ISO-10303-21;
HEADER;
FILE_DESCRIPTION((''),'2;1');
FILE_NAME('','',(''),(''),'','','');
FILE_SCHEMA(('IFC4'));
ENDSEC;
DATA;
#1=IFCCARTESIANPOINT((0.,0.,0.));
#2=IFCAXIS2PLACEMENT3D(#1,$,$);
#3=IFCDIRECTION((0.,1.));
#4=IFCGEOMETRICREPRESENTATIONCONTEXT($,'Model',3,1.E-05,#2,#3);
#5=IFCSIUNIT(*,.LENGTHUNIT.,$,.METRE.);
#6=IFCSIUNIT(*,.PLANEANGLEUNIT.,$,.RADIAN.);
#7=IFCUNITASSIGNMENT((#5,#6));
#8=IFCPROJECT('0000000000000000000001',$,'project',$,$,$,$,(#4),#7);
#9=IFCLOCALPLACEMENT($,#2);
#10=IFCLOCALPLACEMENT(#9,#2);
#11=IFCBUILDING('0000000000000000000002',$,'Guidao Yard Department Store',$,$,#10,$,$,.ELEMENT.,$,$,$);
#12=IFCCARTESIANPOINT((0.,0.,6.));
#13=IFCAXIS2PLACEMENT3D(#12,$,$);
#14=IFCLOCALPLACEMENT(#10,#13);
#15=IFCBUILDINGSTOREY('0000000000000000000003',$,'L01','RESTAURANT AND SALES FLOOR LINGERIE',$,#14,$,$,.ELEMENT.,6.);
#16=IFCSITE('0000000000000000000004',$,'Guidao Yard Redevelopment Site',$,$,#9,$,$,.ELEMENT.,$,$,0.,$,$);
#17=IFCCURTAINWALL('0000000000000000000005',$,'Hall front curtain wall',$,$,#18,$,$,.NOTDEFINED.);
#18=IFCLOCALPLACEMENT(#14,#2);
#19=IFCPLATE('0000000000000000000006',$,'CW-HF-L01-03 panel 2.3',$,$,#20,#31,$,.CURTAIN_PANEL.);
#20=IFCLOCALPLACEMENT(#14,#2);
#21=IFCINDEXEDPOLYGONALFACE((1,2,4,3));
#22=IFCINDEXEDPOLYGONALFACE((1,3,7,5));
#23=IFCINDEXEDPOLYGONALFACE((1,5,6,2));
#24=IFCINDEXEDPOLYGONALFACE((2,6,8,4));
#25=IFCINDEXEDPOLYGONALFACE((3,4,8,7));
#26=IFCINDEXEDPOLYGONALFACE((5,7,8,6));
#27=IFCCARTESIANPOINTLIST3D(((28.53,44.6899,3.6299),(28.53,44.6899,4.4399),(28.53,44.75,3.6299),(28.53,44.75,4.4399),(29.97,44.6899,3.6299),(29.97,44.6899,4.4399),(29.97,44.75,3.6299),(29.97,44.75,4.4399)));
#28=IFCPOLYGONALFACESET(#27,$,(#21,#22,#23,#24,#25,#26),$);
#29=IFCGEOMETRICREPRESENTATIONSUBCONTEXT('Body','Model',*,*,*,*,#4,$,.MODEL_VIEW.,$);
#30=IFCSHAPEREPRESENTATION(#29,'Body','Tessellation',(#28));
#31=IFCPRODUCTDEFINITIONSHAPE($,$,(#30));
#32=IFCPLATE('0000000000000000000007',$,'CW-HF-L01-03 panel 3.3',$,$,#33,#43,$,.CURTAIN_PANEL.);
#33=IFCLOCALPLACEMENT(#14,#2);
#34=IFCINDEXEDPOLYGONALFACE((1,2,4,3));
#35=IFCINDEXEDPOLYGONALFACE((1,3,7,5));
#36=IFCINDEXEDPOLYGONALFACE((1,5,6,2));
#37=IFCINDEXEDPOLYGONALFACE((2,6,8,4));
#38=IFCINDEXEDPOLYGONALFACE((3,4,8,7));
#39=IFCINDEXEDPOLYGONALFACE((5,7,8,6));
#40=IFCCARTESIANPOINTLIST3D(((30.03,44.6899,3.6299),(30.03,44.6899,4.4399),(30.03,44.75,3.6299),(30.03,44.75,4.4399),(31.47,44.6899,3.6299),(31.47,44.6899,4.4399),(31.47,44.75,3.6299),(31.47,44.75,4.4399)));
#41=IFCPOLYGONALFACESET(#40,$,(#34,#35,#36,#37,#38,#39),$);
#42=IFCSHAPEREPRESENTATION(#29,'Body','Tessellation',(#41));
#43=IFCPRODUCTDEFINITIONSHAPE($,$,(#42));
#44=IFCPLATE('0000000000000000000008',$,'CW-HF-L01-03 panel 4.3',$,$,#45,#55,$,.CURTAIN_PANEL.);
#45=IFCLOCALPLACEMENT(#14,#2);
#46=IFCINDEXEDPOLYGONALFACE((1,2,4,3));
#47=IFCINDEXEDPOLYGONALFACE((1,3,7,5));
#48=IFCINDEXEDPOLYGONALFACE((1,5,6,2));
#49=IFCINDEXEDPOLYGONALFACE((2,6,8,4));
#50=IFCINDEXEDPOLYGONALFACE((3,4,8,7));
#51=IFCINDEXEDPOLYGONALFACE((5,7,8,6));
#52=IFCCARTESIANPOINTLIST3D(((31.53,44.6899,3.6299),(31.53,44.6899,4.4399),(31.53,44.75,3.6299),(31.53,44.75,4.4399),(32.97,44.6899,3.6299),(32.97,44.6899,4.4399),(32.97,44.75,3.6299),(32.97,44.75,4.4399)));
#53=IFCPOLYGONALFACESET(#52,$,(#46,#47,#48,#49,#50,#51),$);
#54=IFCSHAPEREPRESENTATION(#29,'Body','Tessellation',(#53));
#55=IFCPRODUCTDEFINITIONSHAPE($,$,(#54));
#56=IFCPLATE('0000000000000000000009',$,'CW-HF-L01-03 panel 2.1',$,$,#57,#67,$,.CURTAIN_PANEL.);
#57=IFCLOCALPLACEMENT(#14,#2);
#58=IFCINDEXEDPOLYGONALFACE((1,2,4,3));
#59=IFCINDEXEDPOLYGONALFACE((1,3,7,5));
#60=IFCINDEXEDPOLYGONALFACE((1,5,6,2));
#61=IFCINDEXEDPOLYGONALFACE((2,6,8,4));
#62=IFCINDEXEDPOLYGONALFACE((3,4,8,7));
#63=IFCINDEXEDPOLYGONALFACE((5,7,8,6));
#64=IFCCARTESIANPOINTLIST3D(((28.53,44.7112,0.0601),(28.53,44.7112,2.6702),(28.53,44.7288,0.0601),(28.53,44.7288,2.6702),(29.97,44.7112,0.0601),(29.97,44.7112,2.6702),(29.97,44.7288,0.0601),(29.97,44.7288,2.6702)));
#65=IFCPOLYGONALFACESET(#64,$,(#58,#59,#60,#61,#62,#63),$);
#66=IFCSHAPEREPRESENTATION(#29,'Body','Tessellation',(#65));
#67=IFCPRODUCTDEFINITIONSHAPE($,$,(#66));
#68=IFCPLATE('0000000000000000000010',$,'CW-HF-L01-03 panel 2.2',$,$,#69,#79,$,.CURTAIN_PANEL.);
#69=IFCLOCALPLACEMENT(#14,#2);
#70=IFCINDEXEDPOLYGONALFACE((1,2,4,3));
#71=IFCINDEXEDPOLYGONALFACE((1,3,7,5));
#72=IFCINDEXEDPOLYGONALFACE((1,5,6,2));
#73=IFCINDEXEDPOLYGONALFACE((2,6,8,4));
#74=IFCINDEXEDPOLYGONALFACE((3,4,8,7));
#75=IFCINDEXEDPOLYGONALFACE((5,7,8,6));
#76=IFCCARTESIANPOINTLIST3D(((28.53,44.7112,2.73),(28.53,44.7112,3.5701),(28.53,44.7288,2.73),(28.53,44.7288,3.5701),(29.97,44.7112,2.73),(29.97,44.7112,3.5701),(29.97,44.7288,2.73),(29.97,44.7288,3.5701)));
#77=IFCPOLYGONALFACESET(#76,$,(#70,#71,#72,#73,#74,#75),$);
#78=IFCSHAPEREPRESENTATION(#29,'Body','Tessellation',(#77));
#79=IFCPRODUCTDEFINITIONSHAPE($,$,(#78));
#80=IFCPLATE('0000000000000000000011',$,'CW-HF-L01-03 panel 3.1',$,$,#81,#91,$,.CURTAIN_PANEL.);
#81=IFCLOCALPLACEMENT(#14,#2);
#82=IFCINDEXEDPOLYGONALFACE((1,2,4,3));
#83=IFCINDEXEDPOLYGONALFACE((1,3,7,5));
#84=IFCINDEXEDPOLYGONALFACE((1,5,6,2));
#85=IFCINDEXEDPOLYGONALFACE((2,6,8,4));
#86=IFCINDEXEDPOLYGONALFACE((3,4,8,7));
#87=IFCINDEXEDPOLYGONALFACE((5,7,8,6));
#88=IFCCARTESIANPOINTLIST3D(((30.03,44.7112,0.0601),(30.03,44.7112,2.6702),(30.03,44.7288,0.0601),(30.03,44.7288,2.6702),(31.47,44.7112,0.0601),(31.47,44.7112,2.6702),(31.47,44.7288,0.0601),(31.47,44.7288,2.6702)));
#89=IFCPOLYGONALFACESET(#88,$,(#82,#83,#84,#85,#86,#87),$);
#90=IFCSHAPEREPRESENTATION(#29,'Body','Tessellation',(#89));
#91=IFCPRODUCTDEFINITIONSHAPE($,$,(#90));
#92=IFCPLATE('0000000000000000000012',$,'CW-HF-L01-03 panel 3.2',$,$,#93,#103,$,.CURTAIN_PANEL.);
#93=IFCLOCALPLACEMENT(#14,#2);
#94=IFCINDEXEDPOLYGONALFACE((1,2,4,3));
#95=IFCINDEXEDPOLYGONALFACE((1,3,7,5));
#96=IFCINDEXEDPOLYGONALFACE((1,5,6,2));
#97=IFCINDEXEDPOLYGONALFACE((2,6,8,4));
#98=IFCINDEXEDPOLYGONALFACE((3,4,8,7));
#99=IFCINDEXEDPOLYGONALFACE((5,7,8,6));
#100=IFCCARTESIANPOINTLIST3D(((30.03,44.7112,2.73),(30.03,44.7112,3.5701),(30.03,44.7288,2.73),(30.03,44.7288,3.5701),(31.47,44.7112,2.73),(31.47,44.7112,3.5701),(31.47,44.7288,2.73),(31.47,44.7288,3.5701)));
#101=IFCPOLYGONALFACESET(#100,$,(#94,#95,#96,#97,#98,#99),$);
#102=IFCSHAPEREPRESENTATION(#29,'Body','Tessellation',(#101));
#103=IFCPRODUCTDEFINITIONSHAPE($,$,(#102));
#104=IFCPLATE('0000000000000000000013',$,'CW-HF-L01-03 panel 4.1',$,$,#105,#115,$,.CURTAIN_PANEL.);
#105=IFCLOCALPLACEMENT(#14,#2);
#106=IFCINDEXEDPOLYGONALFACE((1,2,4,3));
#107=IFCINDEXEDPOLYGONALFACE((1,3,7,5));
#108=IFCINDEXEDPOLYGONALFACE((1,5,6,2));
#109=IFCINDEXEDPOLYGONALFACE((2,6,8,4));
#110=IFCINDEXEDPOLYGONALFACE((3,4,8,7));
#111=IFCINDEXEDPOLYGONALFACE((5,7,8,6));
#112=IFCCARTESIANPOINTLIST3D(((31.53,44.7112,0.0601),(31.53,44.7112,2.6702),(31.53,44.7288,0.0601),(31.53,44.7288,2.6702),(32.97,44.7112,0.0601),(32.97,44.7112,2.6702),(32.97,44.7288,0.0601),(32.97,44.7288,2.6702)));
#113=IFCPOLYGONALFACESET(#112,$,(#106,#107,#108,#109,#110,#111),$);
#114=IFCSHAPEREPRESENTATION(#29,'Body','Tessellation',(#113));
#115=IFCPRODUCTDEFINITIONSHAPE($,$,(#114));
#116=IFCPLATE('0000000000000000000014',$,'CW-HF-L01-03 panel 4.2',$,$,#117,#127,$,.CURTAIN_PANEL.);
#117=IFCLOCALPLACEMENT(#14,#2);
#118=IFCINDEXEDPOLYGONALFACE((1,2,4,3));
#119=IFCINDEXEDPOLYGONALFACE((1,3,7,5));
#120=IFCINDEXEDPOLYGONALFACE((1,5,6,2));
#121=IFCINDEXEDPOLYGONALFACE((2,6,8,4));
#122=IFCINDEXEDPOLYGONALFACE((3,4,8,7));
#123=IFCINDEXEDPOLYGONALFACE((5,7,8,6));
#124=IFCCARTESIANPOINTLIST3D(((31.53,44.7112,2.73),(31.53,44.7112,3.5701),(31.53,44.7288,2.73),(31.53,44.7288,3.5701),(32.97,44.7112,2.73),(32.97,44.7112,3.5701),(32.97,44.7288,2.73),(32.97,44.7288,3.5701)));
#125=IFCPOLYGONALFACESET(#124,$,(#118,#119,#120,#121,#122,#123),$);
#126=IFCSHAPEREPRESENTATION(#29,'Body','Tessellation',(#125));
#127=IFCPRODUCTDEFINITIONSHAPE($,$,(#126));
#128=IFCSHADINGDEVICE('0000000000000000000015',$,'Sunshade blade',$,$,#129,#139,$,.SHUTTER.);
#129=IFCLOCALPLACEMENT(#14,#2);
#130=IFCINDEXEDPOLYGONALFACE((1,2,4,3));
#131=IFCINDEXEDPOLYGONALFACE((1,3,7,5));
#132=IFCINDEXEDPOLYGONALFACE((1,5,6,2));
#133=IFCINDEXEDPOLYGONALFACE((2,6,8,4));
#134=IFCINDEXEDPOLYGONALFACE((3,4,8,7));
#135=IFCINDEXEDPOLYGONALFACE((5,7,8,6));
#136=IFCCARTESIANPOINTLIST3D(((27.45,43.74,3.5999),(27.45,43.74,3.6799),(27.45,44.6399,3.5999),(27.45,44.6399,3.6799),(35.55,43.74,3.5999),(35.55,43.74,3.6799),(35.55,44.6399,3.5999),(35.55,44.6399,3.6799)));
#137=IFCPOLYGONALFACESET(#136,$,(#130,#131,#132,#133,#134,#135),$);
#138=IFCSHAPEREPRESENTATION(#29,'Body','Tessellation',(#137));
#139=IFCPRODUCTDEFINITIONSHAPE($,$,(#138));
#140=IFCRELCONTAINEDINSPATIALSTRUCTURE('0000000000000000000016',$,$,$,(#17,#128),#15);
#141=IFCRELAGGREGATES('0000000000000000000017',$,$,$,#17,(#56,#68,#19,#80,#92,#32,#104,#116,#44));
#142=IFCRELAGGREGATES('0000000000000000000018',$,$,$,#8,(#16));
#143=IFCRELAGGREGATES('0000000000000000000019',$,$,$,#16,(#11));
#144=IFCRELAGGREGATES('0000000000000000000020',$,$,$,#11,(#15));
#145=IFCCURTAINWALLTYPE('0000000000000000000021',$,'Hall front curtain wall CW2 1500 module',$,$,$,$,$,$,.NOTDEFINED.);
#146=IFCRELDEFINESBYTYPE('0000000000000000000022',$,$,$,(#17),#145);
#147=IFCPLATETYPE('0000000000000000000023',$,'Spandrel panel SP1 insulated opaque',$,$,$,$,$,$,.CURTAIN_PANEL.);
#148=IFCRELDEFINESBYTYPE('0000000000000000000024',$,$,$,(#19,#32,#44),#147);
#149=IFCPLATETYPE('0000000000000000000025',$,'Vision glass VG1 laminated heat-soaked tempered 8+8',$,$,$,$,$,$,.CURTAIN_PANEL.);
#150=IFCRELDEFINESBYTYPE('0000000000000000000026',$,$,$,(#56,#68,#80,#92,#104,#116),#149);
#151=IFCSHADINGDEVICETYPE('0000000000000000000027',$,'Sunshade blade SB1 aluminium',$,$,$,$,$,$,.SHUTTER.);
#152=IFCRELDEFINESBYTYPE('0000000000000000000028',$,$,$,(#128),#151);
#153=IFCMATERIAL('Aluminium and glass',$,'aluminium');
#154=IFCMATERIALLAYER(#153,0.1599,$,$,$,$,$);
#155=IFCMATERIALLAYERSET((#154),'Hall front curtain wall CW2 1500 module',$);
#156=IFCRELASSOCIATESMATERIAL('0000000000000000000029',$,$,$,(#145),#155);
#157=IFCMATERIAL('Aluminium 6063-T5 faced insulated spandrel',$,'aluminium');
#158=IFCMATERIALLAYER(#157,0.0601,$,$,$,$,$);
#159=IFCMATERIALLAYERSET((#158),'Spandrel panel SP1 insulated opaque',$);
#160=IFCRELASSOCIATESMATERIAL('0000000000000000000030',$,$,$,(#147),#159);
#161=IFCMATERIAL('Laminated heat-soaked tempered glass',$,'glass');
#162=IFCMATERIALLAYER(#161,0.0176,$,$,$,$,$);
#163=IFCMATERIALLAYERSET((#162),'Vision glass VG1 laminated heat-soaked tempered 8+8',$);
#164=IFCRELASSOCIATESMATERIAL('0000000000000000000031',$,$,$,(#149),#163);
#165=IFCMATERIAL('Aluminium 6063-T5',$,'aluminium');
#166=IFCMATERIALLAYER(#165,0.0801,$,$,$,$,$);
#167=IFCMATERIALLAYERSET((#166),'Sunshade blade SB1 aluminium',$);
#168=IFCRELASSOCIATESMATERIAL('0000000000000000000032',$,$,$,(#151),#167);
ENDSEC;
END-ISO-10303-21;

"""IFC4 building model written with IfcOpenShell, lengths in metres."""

from ifc_helpers import new_model, si_unit, direction, frame, origin, origin_2d, place, context, subcontext, project, spatial, rectangle, extrude, material, layer, layer_set, type_object, element, aggregate, save


model = new_model("IFC4")

# Units and contexts
model_context = context("Model", 3, precision=1e-05, world=origin(), true_north=direction((0.0, 1.0)))
body_context = subcontext(model_context, "Body", "Model", "MODEL_VIEW")
ifc_project = project(units=[si_unit("LENGTHUNIT", "METRE"), si_unit("PLANEANGLEUNIT", "RADIAN")], contexts=[model_context])

# Site, building, storey
site_placement = place(None, origin())
site = spatial("IfcSite", under=ifc_project, at=site_placement, Name="Guidao Yard Redevelopment Site", CompositionType="ELEMENT", RefElevation=0.0)
building_placement = place(site_placement, origin())
building = spatial("IfcBuilding", under=site, at=building_placement, Name="Guidao Yard Department Store", CompositionType="ELEMENT")
storey_placement = place(building_placement, frame((0.0, 0.0, 6.0)))
storey = spatial("IfcBuildingStorey", under=building, at=storey_placement, Name="L01", Description="RESTAURANT AND SALES FLOOR LINGERIE", CompositionType="ELEMENT", Elevation=6.0)

# Curtain wall, plates
ifc_material_1 = material(Name="Aluminium and glass", Category="aluminium")
ifc_layer_1 = layer(ifc_material_1, 0.1599)
ifc_layer_set_1 = layer_set([ifc_layer_1], Name="Hall front curtain wall CW2 1500 module")
curtain_wall_type = type_object("IfcCurtainWallType", Name="Hall front curtain wall CW2 1500 module", PredefinedType="NOTDEFINED", material=ifc_layer_set_1)
curtain_wall_placement = place(storey_placement, origin())
curtain_wall = element("IfcCurtainWall", 1, at=curtain_wall_placement, inside=storey, type_object=curtain_wall_type, Name="Hall front curtain wall", PredefinedType="NOTDEFINED")
ifc_material_2 = material(Name="Aluminium 6063-T5 faced insulated spandrel", Category="aluminium")
ifc_layer_2 = layer(ifc_material_2, 0.0601)
ifc_layer_set_2 = layer_set([ifc_layer_2], Name="Spandrel panel SP1 insulated opaque")
plate_type_1 = type_object("IfcPlateType", Name="Spandrel panel SP1 insulated opaque", PredefinedType="CURTAIN_PANEL", material=ifc_layer_set_2)
plate_1_placement = place(storey_placement, frame((29.25, 44.72, 3.6299), z_axis=(0.0, 0.0, 1.0), x_axis=(-1.0, 0.0, 0.0)))
plate_1 = element("IfcPlate", 2, at=plate_1_placement, type_object=plate_type_1, Name="CW-HF-L01-03 panel 2.3", PredefinedType="CURTAIN_PANEL", context=body_context, shape_type="SweptSolid", body=[
    extrude(rectangle(XDim=1.4399, YDim=0.0601, at=origin_2d()), origin(), (0.0, 0.0, 1.0), 0.8101),
])
plate_2_placement = place(storey_placement, frame((30.75, 44.72, 3.6299), z_axis=(0.0, 0.0, 1.0), x_axis=(-1.0, 0.0, 0.0)))
plate_2 = element("IfcPlate", 3, at=plate_2_placement, type_object=plate_type_1, Name="CW-HF-L01-03 panel 3.3", PredefinedType="CURTAIN_PANEL", context=body_context, shape_type="SweptSolid", body=[
    extrude(rectangle(XDim=1.4399, YDim=0.0601, at=origin_2d()), origin(), (0.0, 0.0, 1.0), 0.8101),
])
plate_3_placement = place(storey_placement, frame((32.25, 44.72, 3.6299), z_axis=(0.0, 0.0, 1.0), x_axis=(-1.0, 0.0, 0.0)))
plate_3 = element("IfcPlate", 4, at=plate_3_placement, type_object=plate_type_1, Name="CW-HF-L01-03 panel 4.3", PredefinedType="CURTAIN_PANEL", context=body_context, shape_type="SweptSolid", body=[
    extrude(rectangle(XDim=1.4399, YDim=0.0601, at=origin_2d()), origin(), (0.0, 0.0, 1.0), 0.8101),
])
ifc_material_3 = material(Name="Laminated heat-soaked tempered glass", Category="glass")
ifc_layer_3 = layer(ifc_material_3, 0.0176)
ifc_layer_set_3 = layer_set([ifc_layer_3], Name="Vision glass VG1 laminated heat-soaked tempered 8+8")
plate_type_2 = type_object("IfcPlateType", Name="Vision glass VG1 laminated heat-soaked tempered 8+8", PredefinedType="CURTAIN_PANEL", material=ifc_layer_set_3)
plate_4_placement = place(storey_placement, frame((29.25, 44.72, 0.0601), z_axis=(0.0, 0.0, 1.0), x_axis=(-1.0, 0.0, 0.0)))
plate_4 = element("IfcPlate", 5, at=plate_4_placement, type_object=plate_type_2, Name="CW-HF-L01-03 panel 2.1", PredefinedType="CURTAIN_PANEL", context=body_context, shape_type="SweptSolid", body=[
    extrude(rectangle(XDim=1.4399, YDim=0.0176, at=origin_2d()), origin(), (0.0, 0.0, 1.0), 2.6101),
])
plate_5_placement = place(storey_placement, frame((29.25, 44.72, 2.73), z_axis=(0.0, 0.0, 1.0), x_axis=(-1.0, 0.0, 0.0)))
plate_5 = element("IfcPlate", 6, at=plate_5_placement, type_object=plate_type_2, Name="CW-HF-L01-03 panel 2.2", PredefinedType="CURTAIN_PANEL", context=body_context, shape_type="SweptSolid", body=[
    extrude(rectangle(XDim=1.4399, YDim=0.0176, at=origin_2d()), origin(), (0.0, 0.0, 1.0), 0.8401),
])
plate_6_placement = place(storey_placement, frame((30.75, 44.72, 0.0601), z_axis=(0.0, 0.0, 1.0), x_axis=(-1.0, 0.0, 0.0)))
plate_6 = element("IfcPlate", 7, at=plate_6_placement, type_object=plate_type_2, Name="CW-HF-L01-03 panel 3.1", PredefinedType="CURTAIN_PANEL", context=body_context, shape_type="SweptSolid", body=[
    extrude(rectangle(XDim=1.4399, YDim=0.0176, at=origin_2d()), origin(), (0.0, 0.0, 1.0), 2.6101),
])
plate_7_placement = place(storey_placement, frame((30.75, 44.72, 2.73), z_axis=(0.0, 0.0, 1.0), x_axis=(-1.0, 0.0, 0.0)))
plate_7 = element("IfcPlate", 8, at=plate_7_placement, type_object=plate_type_2, Name="CW-HF-L01-03 panel 3.2", PredefinedType="CURTAIN_PANEL", context=body_context, shape_type="SweptSolid", body=[
    extrude(rectangle(XDim=1.4399, YDim=0.0176, at=origin_2d()), origin(), (0.0, 0.0, 1.0), 0.8401),
])
plate_8_placement = place(storey_placement, frame((32.25, 44.72, 0.0601), z_axis=(0.0, 0.0, 1.0), x_axis=(-1.0, 0.0, 0.0)))
plate_8 = element("IfcPlate", 9, at=plate_8_placement, type_object=plate_type_2, Name="CW-HF-L01-03 panel 4.1", PredefinedType="CURTAIN_PANEL", context=body_context, shape_type="SweptSolid", body=[
    extrude(rectangle(XDim=1.4399, YDim=0.0176, at=origin_2d()), origin(), (0.0, 0.0, 1.0), 2.6101),
])
plate_9_placement = place(storey_placement, frame((32.25, 44.72, 2.73), z_axis=(0.0, 0.0, 1.0), x_axis=(-1.0, 0.0, 0.0)))
plate_9 = element("IfcPlate", 10, at=plate_9_placement, type_object=plate_type_2, Name="CW-HF-L01-03 panel 4.2", PredefinedType="CURTAIN_PANEL", context=body_context, shape_type="SweptSolid", body=[
    extrude(rectangle(XDim=1.4399, YDim=0.0176, at=origin_2d()), origin(), (0.0, 0.0, 1.0), 0.8401),
])
aggregate(curtain_wall, [plate_4, plate_5, plate_1, plate_6, plate_7, plate_2, plate_8, plate_9, plate_3])

# Shading device
ifc_material_4 = material(Name="Aluminium 6063-T5", Category="aluminium")
ifc_layer_4 = layer(ifc_material_4, 0.0801)
ifc_layer_set_4 = layer_set([ifc_layer_4], Name="Sunshade blade SB1 aluminium")
shading_device_type = type_object("IfcShadingDeviceType", Name="Sunshade blade SB1 aluminium", PredefinedType="SHUTTER", material=ifc_layer_set_4)
shading_device_placement = place(storey_placement, frame((31.5, 44.1899, 3.5999), z_axis=(0.0, 0.0, 1.0), x_axis=(-1.0, 0.0, 0.0)))
element("IfcShadingDevice", 11, at=shading_device_placement, inside=storey, type_object=shading_device_type, Name="Sunshade blade", PredefinedType="SHUTTER", context=body_context, shape_type="SweptSolid", body=[
    extrude(rectangle(XDim=8.1001, YDim=0.8999, at=origin_2d()), origin(), (0.0, 0.0, 1.0), 0.0801),
])

save(model, "model.ifc")
